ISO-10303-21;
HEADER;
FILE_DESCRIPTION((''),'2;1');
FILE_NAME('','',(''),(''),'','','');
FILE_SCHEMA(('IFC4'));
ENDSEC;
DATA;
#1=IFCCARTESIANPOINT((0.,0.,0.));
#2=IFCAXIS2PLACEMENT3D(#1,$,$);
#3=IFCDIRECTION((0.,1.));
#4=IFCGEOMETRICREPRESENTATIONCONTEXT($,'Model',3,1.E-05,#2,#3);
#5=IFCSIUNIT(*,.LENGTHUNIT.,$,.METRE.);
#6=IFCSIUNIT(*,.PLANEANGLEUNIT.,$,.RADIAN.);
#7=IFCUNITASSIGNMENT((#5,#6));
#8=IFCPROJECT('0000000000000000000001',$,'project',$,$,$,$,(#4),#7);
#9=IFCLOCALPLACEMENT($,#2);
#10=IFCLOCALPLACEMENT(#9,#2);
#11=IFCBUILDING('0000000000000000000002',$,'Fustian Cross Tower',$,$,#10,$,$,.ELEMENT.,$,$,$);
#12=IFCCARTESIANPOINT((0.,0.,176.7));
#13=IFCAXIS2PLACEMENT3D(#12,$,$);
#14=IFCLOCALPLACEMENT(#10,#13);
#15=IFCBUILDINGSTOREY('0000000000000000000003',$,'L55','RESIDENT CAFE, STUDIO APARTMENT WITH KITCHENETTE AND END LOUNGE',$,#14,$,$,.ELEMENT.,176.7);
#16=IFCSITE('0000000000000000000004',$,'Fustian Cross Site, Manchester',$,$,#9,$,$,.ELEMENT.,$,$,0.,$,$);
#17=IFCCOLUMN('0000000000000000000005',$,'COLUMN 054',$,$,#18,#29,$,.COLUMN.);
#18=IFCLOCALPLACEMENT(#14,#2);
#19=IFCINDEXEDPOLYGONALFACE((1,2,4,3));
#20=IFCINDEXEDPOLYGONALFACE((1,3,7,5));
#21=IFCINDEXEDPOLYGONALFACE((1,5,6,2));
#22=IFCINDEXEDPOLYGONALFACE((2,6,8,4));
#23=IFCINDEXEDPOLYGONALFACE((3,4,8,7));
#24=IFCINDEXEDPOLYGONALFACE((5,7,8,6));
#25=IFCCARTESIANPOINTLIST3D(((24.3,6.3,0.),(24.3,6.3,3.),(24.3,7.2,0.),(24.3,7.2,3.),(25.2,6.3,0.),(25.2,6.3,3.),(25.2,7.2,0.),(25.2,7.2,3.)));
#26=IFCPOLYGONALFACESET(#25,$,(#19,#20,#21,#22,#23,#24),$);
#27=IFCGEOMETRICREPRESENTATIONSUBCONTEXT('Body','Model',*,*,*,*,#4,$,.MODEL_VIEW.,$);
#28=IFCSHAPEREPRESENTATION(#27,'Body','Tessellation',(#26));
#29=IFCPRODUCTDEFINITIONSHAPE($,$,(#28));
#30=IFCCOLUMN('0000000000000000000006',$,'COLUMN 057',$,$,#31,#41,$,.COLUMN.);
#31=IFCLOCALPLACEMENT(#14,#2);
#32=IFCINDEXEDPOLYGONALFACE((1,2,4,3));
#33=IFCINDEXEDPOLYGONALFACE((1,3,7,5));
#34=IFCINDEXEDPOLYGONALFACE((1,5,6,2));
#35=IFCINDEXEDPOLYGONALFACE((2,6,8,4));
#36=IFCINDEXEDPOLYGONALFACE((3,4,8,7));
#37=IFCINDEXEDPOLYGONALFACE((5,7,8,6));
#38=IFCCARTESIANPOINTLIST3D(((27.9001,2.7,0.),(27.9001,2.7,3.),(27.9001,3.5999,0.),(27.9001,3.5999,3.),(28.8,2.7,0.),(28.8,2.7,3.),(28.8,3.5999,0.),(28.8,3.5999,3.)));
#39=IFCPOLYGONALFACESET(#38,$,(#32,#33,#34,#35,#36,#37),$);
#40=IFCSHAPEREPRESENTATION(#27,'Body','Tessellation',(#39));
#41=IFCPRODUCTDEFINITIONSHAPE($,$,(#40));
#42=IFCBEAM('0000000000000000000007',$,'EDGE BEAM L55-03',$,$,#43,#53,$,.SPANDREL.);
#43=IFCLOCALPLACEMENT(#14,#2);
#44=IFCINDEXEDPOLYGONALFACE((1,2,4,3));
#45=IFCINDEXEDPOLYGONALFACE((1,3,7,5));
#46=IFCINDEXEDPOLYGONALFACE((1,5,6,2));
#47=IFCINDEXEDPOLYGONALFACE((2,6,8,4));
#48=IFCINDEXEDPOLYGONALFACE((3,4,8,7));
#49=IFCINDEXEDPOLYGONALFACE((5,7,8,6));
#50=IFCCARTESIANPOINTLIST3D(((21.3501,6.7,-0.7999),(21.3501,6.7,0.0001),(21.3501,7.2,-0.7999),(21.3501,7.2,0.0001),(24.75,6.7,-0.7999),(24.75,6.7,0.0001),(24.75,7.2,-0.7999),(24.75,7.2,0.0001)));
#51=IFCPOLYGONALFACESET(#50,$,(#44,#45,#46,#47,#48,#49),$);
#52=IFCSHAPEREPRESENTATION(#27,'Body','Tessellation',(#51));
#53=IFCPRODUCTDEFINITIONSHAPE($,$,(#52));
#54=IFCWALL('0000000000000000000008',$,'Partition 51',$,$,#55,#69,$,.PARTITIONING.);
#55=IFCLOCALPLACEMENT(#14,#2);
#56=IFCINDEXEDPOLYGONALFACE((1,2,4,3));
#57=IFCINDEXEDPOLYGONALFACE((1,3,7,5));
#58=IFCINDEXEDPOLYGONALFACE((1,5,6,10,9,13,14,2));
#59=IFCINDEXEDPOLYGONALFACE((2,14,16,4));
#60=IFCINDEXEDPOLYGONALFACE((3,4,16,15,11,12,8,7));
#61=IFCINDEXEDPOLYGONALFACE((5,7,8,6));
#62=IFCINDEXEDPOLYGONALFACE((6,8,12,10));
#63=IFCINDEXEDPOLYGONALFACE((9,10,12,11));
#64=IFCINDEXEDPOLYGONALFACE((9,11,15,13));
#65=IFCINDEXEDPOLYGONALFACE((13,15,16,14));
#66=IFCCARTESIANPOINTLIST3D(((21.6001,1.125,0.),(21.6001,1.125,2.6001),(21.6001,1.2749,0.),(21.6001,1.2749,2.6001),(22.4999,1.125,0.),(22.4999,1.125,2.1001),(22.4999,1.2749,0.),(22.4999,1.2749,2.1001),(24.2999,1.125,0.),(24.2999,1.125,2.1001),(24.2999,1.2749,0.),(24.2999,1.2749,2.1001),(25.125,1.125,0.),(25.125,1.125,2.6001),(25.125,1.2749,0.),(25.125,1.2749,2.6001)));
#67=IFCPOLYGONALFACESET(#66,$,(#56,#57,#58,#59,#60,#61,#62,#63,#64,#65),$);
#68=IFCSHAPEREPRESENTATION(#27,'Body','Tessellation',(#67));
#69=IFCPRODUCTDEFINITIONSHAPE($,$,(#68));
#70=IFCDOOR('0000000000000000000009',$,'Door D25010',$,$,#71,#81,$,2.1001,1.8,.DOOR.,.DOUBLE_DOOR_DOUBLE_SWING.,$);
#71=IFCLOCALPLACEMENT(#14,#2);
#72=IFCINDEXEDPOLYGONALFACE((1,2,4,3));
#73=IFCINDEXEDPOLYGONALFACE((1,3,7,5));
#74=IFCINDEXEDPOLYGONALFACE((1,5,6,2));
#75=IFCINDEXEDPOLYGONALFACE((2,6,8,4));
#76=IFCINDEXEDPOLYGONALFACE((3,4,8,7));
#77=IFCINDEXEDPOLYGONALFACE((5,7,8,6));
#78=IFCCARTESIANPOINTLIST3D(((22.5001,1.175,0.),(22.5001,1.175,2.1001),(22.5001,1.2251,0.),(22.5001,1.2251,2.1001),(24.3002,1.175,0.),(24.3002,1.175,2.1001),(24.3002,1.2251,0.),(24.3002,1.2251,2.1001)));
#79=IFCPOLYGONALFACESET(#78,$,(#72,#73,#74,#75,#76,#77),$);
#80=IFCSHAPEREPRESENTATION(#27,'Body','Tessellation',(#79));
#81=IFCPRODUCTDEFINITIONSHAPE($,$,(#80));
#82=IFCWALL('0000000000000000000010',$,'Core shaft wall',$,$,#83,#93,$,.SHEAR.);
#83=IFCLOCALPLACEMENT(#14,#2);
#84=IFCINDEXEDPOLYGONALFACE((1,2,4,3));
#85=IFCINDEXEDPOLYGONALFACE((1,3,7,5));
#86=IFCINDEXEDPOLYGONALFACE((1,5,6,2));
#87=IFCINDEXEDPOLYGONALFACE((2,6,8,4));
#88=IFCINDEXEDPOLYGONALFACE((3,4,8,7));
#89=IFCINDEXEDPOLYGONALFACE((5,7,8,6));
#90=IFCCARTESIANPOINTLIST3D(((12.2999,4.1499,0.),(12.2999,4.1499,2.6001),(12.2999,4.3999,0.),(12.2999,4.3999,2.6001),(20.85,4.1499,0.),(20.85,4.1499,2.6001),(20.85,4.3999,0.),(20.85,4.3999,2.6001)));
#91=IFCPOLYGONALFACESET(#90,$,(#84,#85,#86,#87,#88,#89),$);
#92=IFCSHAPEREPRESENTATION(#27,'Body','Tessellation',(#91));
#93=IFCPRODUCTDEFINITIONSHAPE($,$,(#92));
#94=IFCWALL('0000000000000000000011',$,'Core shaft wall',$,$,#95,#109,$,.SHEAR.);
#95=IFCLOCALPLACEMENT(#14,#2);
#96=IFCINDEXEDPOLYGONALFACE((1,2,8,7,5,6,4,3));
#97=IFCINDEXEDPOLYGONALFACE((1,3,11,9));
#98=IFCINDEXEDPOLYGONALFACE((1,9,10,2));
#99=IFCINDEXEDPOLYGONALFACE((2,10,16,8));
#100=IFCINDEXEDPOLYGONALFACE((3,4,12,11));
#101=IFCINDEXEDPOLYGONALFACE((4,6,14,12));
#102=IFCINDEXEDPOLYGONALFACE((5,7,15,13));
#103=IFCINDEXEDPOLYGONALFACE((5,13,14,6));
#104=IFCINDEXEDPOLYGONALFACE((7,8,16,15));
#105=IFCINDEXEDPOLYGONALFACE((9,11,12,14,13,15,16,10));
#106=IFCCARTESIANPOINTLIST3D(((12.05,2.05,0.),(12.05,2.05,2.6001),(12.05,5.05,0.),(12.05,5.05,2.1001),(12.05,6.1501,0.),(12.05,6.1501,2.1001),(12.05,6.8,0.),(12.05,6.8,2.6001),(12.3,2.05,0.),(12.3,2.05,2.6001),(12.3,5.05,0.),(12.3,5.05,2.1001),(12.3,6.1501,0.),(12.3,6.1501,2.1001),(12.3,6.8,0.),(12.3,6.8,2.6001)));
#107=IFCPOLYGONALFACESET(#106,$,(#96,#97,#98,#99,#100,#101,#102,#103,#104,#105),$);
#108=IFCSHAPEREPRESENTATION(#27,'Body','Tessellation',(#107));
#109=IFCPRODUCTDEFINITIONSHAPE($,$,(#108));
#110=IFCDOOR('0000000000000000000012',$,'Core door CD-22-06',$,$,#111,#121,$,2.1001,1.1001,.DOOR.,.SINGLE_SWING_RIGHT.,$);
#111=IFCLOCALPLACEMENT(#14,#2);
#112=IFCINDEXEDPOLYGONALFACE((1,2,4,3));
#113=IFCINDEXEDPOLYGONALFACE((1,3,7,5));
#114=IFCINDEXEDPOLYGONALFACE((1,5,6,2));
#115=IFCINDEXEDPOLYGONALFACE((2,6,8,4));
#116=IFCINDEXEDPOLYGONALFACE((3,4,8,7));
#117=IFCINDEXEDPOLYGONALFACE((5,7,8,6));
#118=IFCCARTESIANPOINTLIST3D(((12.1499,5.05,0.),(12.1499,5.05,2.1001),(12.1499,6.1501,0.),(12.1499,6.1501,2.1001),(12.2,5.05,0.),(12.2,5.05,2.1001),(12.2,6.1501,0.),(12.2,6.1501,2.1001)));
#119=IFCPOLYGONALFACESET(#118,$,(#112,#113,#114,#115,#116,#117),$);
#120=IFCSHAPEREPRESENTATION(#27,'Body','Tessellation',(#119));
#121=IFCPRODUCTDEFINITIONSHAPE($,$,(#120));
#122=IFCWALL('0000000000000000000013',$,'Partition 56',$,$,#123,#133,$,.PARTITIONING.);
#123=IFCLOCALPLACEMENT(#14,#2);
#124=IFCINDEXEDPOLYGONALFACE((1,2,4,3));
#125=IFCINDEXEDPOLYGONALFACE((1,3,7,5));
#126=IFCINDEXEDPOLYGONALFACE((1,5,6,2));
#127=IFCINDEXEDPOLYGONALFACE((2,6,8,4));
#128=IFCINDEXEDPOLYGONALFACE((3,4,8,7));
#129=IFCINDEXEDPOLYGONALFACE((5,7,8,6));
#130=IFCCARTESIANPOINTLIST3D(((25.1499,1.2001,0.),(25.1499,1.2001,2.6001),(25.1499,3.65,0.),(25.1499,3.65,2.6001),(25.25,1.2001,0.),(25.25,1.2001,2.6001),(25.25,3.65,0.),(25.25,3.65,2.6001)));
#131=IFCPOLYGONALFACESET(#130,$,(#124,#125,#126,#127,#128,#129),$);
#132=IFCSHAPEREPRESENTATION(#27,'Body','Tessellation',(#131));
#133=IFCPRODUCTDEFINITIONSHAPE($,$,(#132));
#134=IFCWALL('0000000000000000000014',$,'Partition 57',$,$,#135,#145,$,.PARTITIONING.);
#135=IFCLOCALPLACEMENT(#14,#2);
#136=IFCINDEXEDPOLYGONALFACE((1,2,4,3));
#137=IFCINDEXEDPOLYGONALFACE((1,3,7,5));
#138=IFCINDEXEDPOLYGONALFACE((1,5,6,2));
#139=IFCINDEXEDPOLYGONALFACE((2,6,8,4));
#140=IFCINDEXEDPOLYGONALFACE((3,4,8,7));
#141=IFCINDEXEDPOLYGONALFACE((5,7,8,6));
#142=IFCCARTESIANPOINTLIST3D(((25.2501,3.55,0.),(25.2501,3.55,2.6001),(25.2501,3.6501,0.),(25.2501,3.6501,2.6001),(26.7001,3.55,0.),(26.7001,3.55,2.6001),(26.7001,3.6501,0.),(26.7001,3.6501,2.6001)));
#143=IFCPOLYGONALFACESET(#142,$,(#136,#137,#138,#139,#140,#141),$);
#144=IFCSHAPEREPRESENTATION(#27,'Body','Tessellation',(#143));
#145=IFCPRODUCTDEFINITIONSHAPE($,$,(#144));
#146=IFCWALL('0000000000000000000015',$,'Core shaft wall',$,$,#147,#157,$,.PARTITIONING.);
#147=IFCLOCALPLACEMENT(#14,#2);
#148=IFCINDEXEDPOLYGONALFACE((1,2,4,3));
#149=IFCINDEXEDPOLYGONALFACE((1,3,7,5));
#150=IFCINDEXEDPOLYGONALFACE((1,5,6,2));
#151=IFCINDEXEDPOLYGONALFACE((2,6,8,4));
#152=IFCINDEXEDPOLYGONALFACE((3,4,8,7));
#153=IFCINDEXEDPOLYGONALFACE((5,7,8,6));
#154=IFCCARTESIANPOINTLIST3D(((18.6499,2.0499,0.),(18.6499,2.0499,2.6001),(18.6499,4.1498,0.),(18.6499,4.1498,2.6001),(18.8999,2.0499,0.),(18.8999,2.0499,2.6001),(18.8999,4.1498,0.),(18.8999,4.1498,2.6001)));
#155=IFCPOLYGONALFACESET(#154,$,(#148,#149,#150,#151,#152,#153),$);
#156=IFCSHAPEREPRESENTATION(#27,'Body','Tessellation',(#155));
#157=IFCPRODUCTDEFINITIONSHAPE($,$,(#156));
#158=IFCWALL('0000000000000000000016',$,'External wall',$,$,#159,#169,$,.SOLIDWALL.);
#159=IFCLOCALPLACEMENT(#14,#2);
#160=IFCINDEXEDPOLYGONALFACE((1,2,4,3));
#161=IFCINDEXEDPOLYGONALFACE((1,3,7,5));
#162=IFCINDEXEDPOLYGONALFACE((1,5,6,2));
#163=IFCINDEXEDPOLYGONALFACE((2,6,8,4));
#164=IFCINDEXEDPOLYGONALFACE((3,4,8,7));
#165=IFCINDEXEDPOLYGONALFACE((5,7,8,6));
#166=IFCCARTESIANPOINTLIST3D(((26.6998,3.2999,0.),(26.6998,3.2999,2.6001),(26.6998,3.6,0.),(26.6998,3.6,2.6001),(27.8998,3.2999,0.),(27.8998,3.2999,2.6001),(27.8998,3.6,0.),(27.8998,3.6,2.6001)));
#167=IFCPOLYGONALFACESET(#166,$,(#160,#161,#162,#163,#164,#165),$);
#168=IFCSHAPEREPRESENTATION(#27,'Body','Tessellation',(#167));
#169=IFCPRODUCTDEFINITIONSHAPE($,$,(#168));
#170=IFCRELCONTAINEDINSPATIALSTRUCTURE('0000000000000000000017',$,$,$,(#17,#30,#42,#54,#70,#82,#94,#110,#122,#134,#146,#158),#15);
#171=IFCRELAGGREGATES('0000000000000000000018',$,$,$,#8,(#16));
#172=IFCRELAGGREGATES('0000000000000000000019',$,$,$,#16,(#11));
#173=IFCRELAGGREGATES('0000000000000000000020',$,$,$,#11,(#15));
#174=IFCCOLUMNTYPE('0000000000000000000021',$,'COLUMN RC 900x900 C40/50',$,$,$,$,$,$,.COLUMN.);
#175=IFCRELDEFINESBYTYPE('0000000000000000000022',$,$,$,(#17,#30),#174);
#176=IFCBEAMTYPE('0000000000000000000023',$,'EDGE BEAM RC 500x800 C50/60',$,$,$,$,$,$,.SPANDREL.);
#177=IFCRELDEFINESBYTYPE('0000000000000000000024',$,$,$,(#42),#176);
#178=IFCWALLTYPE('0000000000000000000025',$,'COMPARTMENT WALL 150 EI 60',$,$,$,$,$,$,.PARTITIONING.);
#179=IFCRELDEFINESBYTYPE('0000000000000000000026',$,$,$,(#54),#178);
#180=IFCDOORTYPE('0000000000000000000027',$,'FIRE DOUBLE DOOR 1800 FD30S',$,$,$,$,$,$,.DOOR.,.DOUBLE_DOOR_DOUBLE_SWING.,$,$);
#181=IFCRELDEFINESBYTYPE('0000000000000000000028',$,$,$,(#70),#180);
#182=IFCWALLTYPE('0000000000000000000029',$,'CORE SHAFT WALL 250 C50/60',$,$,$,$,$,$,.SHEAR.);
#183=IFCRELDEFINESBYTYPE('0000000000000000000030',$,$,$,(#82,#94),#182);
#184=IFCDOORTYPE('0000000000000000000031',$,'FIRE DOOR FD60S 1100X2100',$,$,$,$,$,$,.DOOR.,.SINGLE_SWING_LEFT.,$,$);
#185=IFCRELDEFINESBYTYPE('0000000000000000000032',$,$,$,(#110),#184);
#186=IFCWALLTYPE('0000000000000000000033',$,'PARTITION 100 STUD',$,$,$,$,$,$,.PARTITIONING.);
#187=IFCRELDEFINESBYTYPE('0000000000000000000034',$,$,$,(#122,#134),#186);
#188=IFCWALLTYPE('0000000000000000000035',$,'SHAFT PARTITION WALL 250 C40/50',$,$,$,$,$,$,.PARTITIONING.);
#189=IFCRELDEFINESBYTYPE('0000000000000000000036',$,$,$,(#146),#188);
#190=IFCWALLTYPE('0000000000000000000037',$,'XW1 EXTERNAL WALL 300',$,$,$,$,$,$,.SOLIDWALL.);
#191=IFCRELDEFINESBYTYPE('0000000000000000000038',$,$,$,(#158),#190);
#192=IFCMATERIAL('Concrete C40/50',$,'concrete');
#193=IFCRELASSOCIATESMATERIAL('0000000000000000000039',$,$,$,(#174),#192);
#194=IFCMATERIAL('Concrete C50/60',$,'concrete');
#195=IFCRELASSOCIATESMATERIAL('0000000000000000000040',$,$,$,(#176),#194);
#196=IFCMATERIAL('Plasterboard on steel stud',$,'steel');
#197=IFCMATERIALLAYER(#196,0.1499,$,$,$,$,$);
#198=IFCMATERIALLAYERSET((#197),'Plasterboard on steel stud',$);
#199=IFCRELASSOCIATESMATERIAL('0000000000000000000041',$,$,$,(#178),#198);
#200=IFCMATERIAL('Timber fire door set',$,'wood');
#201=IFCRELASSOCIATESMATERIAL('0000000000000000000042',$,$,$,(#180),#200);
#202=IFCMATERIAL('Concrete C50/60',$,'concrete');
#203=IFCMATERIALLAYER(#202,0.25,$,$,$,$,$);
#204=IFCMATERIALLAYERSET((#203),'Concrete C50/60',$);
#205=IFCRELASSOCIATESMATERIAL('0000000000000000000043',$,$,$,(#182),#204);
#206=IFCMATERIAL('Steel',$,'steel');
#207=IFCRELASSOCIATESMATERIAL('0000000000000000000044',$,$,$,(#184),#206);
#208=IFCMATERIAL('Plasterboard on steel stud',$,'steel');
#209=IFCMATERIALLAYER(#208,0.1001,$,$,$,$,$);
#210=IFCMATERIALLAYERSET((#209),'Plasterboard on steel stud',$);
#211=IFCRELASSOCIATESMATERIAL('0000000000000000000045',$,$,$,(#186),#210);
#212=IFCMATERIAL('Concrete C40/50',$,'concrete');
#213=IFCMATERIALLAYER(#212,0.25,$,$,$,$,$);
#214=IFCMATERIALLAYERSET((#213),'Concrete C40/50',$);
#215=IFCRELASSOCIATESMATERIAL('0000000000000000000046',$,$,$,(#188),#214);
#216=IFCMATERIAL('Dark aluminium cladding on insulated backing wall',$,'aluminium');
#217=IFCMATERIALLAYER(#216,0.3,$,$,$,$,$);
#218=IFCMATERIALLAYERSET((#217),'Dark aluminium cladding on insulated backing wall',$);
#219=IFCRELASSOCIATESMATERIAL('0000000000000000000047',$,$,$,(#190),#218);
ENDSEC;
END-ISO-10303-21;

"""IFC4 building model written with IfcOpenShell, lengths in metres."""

from ifc_helpers import new_model, si_unit, direction, frame, frame_2d, origin, origin_2d, place, context, subcontext, project, spatial, rectangle, extrude, material, layer, layer_set, material_profile, profile_set, type_object, element, fill, save


model = new_model("IFC4")

# Units and contexts
model_context = context("Model", 3, precision=1e-05, world=origin(), true_north=direction((0.0, 1.0)))
body_context = subcontext(model_context, "Body", "Model", "MODEL_VIEW")
ifc_project = project(units=[si_unit("LENGTHUNIT", "METRE"), si_unit("PLANEANGLEUNIT", "RADIAN")], contexts=[model_context])

# Site, building, storey
site_placement = place(None, origin())
site = spatial("IfcSite", under=ifc_project, at=site_placement, Name="Fustian Cross Site, Manchester", CompositionType="ELEMENT", RefElevation=0.0)
building_placement = place(site_placement, origin())
building = spatial("IfcBuilding", under=site, at=building_placement, Name="Fustian Cross Tower", CompositionType="ELEMENT")
storey_placement = place(building_placement, frame((0.0, 0.0, 176.7)))
storey = spatial("IfcBuildingStorey", under=building, at=storey_placement, Name="L55", Description="RESIDENT CAFE, STUDIO APARTMENT WITH KITCHENETTE AND END LOUNGE", CompositionType="ELEMENT", Elevation=176.7)

# Columns
ifc_material_1 = material(Name="Concrete C40/50", Category="concrete")
ifc_material_profile_1 = material_profile(ifc_material_1, rectangle(XDim=0.8999, YDim=0.8999, at=origin_2d()), Name="RC 900x900")
ifc_profile_set_1 = profile_set([ifc_material_profile_1], Name="Concrete C40/50")
column_type = type_object("IfcColumnType", Name="COLUMN RC 900x900 C40/50", PredefinedType="COLUMN", material=ifc_profile_set_1)
for number, where, z_axis, x_axis, name in (
    (1, (24.75, 6.75, 0.0), (0.0, 0.0, 1.0), (1.0, 0.0, 0.0), "COLUMN 054"),
    (2, (28.3501, 3.1499, 0.0), (0.0, 0.0, 1.0), (1.0, 0.0, 0.0), "COLUMN 057"),
):
    element("IfcColumn", number, at=place(storey_placement, frame(where, z_axis=z_axis, x_axis=x_axis)), inside=storey, type_object=column_type, Name=name, PredefinedType="COLUMN", context=body_context, shape_type="SweptSolid", body=[
        extrude(rectangle(XDim=0.8999, YDim=0.8999, at=origin_2d()), origin(), (0.0, 0.0, 1.0), 3.0),
    ])

# Beam
ifc_material_2 = material(Name="Concrete C50/60", Category="concrete")
ifc_material_profile_2 = material_profile(ifc_material_2, rectangle(XDim=0.5, YDim=0.8, at=origin_2d()), Name="RC 500x800")
ifc_profile_set_2 = profile_set([ifc_material_profile_2], Name="Concrete C50/60")
beam_type = type_object("IfcBeamType", Name="EDGE BEAM RC 500x800 C50/60", PredefinedType="SPANDREL", material=ifc_profile_set_2)
beam_placement = place(storey_placement, frame((24.75, 6.95, -0.3999), z_axis=(-1.0, 0.0, 0.0), x_axis=(0.0, -1.0, 0.0)))
element("IfcBeam", 3, at=beam_placement, inside=storey, type_object=beam_type, Name="EDGE BEAM L55-03", PredefinedType="SPANDREL", context=body_context, shape_type="SweptSolid", body=[
    extrude(rectangle(XDim=0.5, YDim=0.8, at=origin_2d()), origin(), (0.0, 0.0, 1.0), 3.3999),
])

# Wall, opening, door
ifc_material_3 = material(Name="Plasterboard on steel stud", Category="steel")
ifc_layer_1 = layer(ifc_material_3, 0.1499)
ifc_layer_set_1 = layer_set([ifc_layer_1], Name="Plasterboard on steel stud")
wall_type_1 = type_object("IfcWallType", Name="COMPARTMENT WALL 150 EI 60", PredefinedType="PARTITIONING", material=ifc_layer_set_1)
wall_1_placement = place(storey_placement, frame((21.6001, 1.2, 0.0), z_axis=(0.0, 0.0, 1.0), x_axis=(1.0, 0.0, 0.0)))
wall_1 = element("IfcWall", 4, at=wall_1_placement, inside=storey, type_object=wall_type_1, Name="Partition 51", PredefinedType="PARTITIONING", context=body_context, shape_type="SweptSolid", body=[
    extrude(rectangle(XDim=3.5249, YDim=0.1499, at=frame_2d((1.7625, 0.0))), origin(), (0.0, 0.0, 1.0), 2.6001),
])
opening_1_placement = place(wall_1_placement, frame((0.8999, 0.0, 0.0)))
opening_1 = element("IfcOpeningElement", 5, at=opening_1_placement, cuts=wall_1, PredefinedType="OPENING", context=body_context, shape_type="SweptSolid", body=[
    extrude(rectangle(XDim=1.8, YDim=2.1001, at=frame_2d((0.8999, 1.05))), frame((0.0, 0.085, 0.0), z_axis=(0.0, -1.0, 0.0), x_axis=(1.0, 0.0, 0.0)), (0.0, 0.0, 1.0), 0.1699),
])
ifc_material_4 = material(Name="Timber fire door set", Category="wood")
door_type_1 = type_object("IfcDoorType", Name="FIRE DOUBLE DOOR 1800 FD30S", OperationType="DOUBLE_DOOR_DOUBLE_SWING", PredefinedType="DOOR", material=ifc_material_4)
door_1_placement = place(opening_1_placement, frame((1.8, 0.0, 0.0), z_axis=(0.0, 0.0, 1.0), x_axis=(-1.0, 0.0, 0.0)))
door_1 = element("IfcDoor", 6, at=door_1_placement, inside=storey, type_object=door_type_1, Name="Door D25010", OperationType="DOUBLE_DOOR_DOUBLE_SWING", OverallHeight=2.1001, OverallWidth=1.8, PredefinedType="DOOR", context=body_context, shape_type="SweptSolid", body=[
    extrude(rectangle(XDim=1.8, YDim=2.1001, at=frame_2d((0.8999, 1.05))), frame((0.0, 0.0249, 0.0), z_axis=(0.0, -1.0, 0.0), x_axis=(1.0, 0.0, 0.0)), (0.0, 0.0, 1.0), 0.05),
])
fill(opening_1, door_1)

# Wall
ifc_material_5 = material(Name="Concrete C50/60", Category="concrete")
ifc_layer_2 = layer(ifc_material_5, 0.25)
ifc_layer_set_2 = layer_set([ifc_layer_2], Name="Concrete C50/60")
wall_type_2 = type_object("IfcWallType", Name="CORE SHAFT WALL 250 C50/60", PredefinedType="SHEAR", material=ifc_layer_set_2)
wall_2_placement = place(storey_placement, frame((12.3, 4.2749, 0.0), z_axis=(0.0, 0.0, 1.0), x_axis=(1.0, 0.0, 0.0)))
element("IfcWall", 7, at=wall_2_placement, inside=storey, type_object=wall_type_2, Name="Core shaft wall", PredefinedType="SHEAR", context=body_context, shape_type="SweptSolid", body=[
    extrude(rectangle(XDim=8.55, YDim=0.25, at=frame_2d((4.2749, 0.0))), origin(), (0.0, 0.0, 1.0), 2.6001),
])

# Wall, opening, door
wall_3_placement = place(storey_placement, frame((12.175, 2.05, 0.0), z_axis=(0.0, 0.0, 1.0), x_axis=(0.0, 1.0, 0.0)))
wall_3 = element("IfcWall", 8, at=wall_3_placement, inside=storey, type_object=wall_type_2, Name="Core shaft wall", PredefinedType="SHEAR", context=body_context, shape_type="SweptSolid", body=[
    extrude(rectangle(XDim=4.75, YDim=0.25, at=frame_2d((2.375, 0.0))), origin(), (0.0, 0.0, 1.0), 2.6001),
])
opening_2_placement = place(wall_3_placement, frame((3.0, 0.0, 0.0)))
opening_2 = element("IfcOpeningElement", 9, at=opening_2_placement, cuts=wall_3, PredefinedType="OPENING", context=body_context, shape_type="SweptSolid", body=[
    extrude(rectangle(XDim=1.1001, YDim=2.1001, at=frame_2d((0.55, 1.05))), frame((0.0, 0.135, 0.0), z_axis=(0.0, -1.0, 0.0), x_axis=(1.0, 0.0, 0.0)), (0.0, 0.0, 1.0), 0.27),
])
ifc_material_6 = material(Name="Steel", Category="steel")
door_type_2 = type_object("IfcDoorType", Name="FIRE DOOR FD60S 1100X2100", OperationType="SINGLE_SWING_LEFT", PredefinedType="DOOR", material=ifc_material_6)
door_2_placement = place(opening_2_placement, frame((1.1001, 0.0, 0.0), z_axis=(0.0, 0.0, 1.0), x_axis=(-1.0, 0.0, 0.0)))
door_2 = element("IfcDoor", 10, at=door_2_placement, inside=storey, type_object=door_type_2, Name="Core door CD-22-06", OperationType="SINGLE_SWING_RIGHT", OverallHeight=2.1001, OverallWidth=1.1001, PredefinedType="DOOR", context=body_context, shape_type="SweptSolid", body=[
    extrude(rectangle(XDim=1.1001, YDim=2.1001, at=frame_2d((0.55, 1.05))), frame((0.0, 0.0249, 0.0), z_axis=(0.0, -1.0, 0.0), x_axis=(1.0, 0.0, 0.0)), (0.0, 0.0, 1.0), 0.05),
])
fill(opening_2, door_2)

# Walls
ifc_material_7 = material(Name="Plasterboard on steel stud", Category="steel")
ifc_layer_3 = layer(ifc_material_7, 0.1001)
ifc_layer_set_3 = layer_set([ifc_layer_3], Name="Plasterboard on steel stud")
wall_type_3 = type_object("IfcWallType", Name="PARTITION 100 STUD", PredefinedType="PARTITIONING", material=ifc_layer_set_3)
wall_4_placement = place(storey_placement, frame((25.2, 1.2, 0.0), z_axis=(0.0, 0.0, 1.0), x_axis=(0.0, 1.0, 0.0)))
element("IfcWall", 11, at=wall_4_placement, inside=storey, type_object=wall_type_3, Name="Partition 56", PredefinedType="PARTITIONING", context=body_context, shape_type="SweptSolid", body=[
    extrude(rectangle(XDim=2.45, YDim=0.1001, at=frame_2d((1.2251, 0.0))), origin(), (0.0, 0.0, 1.0), 2.6001),
])
wall_5_placement = place(storey_placement, frame((25.25, 3.6001, 0.0), z_axis=(0.0, 0.0, 1.0), x_axis=(1.0, 0.0, 0.0)))
element("IfcWall", 12, at=wall_5_placement, inside=storey, type_object=wall_type_3, Name="Partition 57", PredefinedType="PARTITIONING", context=body_context, shape_type="SweptSolid", body=[
    extrude(rectangle(XDim=1.45, YDim=0.1001, at=frame_2d((0.7251, 0.0))), origin(), (0.0, 0.0, 1.0), 2.6001),
])
ifc_material_8 = material(Name="Concrete C40/50", Category="concrete")
ifc_layer_4 = layer(ifc_material_8, 0.25)
ifc_layer_set_4 = layer_set([ifc_layer_4], Name="Concrete C40/50")
wall_type_4 = type_object("IfcWallType", Name="SHAFT PARTITION WALL 250 C40/50", PredefinedType="PARTITIONING", material=ifc_layer_set_4)
wall_6_placement = place(storey_placement, frame((18.7749, 2.05, 0.0), z_axis=(0.0, 0.0, 1.0), x_axis=(0.0, 1.0, 0.0)))
element("IfcWall", 13, at=wall_6_placement, inside=storey, type_object=wall_type_4, Name="Core shaft wall", PredefinedType="PARTITIONING", context=body_context, shape_type="SweptSolid", body=[
    extrude(rectangle(XDim=2.0999, YDim=0.25, at=frame_2d((1.0498, 0.0))), origin(), (0.0, 0.0, 1.0), 2.6001),
])
ifc_material_9 = material(Name="Dark aluminium cladding on insulated backing wall", Category="aluminium")
ifc_layer_5 = layer(ifc_material_9, 0.3)
ifc_layer_set_5 = layer_set([ifc_layer_5], Name="Dark aluminium cladding on insulated backing wall")
wall_type_5 = type_object("IfcWallType", Name="XW1 EXTERNAL WALL 300", PredefinedType="SOLIDWALL", material=ifc_layer_set_5)
wall_7_placement = place(storey_placement, frame((27.8999, 3.45, 0.0), z_axis=(0.0, 0.0, 1.0), x_axis=(-1.0, 0.0, 0.0)))
element("IfcWall", 14, at=wall_7_placement, inside=storey, type_object=wall_type_5, Name="External wall", PredefinedType="SOLIDWALL", context=body_context, shape_type="SweptSolid", body=[
    extrude(rectangle(XDim=1.2, YDim=0.3, at=frame_2d((0.6001, 0.0))), origin(), (0.0, 0.0, 1.0), 2.6001),
])

save(model, "model.ifc")
